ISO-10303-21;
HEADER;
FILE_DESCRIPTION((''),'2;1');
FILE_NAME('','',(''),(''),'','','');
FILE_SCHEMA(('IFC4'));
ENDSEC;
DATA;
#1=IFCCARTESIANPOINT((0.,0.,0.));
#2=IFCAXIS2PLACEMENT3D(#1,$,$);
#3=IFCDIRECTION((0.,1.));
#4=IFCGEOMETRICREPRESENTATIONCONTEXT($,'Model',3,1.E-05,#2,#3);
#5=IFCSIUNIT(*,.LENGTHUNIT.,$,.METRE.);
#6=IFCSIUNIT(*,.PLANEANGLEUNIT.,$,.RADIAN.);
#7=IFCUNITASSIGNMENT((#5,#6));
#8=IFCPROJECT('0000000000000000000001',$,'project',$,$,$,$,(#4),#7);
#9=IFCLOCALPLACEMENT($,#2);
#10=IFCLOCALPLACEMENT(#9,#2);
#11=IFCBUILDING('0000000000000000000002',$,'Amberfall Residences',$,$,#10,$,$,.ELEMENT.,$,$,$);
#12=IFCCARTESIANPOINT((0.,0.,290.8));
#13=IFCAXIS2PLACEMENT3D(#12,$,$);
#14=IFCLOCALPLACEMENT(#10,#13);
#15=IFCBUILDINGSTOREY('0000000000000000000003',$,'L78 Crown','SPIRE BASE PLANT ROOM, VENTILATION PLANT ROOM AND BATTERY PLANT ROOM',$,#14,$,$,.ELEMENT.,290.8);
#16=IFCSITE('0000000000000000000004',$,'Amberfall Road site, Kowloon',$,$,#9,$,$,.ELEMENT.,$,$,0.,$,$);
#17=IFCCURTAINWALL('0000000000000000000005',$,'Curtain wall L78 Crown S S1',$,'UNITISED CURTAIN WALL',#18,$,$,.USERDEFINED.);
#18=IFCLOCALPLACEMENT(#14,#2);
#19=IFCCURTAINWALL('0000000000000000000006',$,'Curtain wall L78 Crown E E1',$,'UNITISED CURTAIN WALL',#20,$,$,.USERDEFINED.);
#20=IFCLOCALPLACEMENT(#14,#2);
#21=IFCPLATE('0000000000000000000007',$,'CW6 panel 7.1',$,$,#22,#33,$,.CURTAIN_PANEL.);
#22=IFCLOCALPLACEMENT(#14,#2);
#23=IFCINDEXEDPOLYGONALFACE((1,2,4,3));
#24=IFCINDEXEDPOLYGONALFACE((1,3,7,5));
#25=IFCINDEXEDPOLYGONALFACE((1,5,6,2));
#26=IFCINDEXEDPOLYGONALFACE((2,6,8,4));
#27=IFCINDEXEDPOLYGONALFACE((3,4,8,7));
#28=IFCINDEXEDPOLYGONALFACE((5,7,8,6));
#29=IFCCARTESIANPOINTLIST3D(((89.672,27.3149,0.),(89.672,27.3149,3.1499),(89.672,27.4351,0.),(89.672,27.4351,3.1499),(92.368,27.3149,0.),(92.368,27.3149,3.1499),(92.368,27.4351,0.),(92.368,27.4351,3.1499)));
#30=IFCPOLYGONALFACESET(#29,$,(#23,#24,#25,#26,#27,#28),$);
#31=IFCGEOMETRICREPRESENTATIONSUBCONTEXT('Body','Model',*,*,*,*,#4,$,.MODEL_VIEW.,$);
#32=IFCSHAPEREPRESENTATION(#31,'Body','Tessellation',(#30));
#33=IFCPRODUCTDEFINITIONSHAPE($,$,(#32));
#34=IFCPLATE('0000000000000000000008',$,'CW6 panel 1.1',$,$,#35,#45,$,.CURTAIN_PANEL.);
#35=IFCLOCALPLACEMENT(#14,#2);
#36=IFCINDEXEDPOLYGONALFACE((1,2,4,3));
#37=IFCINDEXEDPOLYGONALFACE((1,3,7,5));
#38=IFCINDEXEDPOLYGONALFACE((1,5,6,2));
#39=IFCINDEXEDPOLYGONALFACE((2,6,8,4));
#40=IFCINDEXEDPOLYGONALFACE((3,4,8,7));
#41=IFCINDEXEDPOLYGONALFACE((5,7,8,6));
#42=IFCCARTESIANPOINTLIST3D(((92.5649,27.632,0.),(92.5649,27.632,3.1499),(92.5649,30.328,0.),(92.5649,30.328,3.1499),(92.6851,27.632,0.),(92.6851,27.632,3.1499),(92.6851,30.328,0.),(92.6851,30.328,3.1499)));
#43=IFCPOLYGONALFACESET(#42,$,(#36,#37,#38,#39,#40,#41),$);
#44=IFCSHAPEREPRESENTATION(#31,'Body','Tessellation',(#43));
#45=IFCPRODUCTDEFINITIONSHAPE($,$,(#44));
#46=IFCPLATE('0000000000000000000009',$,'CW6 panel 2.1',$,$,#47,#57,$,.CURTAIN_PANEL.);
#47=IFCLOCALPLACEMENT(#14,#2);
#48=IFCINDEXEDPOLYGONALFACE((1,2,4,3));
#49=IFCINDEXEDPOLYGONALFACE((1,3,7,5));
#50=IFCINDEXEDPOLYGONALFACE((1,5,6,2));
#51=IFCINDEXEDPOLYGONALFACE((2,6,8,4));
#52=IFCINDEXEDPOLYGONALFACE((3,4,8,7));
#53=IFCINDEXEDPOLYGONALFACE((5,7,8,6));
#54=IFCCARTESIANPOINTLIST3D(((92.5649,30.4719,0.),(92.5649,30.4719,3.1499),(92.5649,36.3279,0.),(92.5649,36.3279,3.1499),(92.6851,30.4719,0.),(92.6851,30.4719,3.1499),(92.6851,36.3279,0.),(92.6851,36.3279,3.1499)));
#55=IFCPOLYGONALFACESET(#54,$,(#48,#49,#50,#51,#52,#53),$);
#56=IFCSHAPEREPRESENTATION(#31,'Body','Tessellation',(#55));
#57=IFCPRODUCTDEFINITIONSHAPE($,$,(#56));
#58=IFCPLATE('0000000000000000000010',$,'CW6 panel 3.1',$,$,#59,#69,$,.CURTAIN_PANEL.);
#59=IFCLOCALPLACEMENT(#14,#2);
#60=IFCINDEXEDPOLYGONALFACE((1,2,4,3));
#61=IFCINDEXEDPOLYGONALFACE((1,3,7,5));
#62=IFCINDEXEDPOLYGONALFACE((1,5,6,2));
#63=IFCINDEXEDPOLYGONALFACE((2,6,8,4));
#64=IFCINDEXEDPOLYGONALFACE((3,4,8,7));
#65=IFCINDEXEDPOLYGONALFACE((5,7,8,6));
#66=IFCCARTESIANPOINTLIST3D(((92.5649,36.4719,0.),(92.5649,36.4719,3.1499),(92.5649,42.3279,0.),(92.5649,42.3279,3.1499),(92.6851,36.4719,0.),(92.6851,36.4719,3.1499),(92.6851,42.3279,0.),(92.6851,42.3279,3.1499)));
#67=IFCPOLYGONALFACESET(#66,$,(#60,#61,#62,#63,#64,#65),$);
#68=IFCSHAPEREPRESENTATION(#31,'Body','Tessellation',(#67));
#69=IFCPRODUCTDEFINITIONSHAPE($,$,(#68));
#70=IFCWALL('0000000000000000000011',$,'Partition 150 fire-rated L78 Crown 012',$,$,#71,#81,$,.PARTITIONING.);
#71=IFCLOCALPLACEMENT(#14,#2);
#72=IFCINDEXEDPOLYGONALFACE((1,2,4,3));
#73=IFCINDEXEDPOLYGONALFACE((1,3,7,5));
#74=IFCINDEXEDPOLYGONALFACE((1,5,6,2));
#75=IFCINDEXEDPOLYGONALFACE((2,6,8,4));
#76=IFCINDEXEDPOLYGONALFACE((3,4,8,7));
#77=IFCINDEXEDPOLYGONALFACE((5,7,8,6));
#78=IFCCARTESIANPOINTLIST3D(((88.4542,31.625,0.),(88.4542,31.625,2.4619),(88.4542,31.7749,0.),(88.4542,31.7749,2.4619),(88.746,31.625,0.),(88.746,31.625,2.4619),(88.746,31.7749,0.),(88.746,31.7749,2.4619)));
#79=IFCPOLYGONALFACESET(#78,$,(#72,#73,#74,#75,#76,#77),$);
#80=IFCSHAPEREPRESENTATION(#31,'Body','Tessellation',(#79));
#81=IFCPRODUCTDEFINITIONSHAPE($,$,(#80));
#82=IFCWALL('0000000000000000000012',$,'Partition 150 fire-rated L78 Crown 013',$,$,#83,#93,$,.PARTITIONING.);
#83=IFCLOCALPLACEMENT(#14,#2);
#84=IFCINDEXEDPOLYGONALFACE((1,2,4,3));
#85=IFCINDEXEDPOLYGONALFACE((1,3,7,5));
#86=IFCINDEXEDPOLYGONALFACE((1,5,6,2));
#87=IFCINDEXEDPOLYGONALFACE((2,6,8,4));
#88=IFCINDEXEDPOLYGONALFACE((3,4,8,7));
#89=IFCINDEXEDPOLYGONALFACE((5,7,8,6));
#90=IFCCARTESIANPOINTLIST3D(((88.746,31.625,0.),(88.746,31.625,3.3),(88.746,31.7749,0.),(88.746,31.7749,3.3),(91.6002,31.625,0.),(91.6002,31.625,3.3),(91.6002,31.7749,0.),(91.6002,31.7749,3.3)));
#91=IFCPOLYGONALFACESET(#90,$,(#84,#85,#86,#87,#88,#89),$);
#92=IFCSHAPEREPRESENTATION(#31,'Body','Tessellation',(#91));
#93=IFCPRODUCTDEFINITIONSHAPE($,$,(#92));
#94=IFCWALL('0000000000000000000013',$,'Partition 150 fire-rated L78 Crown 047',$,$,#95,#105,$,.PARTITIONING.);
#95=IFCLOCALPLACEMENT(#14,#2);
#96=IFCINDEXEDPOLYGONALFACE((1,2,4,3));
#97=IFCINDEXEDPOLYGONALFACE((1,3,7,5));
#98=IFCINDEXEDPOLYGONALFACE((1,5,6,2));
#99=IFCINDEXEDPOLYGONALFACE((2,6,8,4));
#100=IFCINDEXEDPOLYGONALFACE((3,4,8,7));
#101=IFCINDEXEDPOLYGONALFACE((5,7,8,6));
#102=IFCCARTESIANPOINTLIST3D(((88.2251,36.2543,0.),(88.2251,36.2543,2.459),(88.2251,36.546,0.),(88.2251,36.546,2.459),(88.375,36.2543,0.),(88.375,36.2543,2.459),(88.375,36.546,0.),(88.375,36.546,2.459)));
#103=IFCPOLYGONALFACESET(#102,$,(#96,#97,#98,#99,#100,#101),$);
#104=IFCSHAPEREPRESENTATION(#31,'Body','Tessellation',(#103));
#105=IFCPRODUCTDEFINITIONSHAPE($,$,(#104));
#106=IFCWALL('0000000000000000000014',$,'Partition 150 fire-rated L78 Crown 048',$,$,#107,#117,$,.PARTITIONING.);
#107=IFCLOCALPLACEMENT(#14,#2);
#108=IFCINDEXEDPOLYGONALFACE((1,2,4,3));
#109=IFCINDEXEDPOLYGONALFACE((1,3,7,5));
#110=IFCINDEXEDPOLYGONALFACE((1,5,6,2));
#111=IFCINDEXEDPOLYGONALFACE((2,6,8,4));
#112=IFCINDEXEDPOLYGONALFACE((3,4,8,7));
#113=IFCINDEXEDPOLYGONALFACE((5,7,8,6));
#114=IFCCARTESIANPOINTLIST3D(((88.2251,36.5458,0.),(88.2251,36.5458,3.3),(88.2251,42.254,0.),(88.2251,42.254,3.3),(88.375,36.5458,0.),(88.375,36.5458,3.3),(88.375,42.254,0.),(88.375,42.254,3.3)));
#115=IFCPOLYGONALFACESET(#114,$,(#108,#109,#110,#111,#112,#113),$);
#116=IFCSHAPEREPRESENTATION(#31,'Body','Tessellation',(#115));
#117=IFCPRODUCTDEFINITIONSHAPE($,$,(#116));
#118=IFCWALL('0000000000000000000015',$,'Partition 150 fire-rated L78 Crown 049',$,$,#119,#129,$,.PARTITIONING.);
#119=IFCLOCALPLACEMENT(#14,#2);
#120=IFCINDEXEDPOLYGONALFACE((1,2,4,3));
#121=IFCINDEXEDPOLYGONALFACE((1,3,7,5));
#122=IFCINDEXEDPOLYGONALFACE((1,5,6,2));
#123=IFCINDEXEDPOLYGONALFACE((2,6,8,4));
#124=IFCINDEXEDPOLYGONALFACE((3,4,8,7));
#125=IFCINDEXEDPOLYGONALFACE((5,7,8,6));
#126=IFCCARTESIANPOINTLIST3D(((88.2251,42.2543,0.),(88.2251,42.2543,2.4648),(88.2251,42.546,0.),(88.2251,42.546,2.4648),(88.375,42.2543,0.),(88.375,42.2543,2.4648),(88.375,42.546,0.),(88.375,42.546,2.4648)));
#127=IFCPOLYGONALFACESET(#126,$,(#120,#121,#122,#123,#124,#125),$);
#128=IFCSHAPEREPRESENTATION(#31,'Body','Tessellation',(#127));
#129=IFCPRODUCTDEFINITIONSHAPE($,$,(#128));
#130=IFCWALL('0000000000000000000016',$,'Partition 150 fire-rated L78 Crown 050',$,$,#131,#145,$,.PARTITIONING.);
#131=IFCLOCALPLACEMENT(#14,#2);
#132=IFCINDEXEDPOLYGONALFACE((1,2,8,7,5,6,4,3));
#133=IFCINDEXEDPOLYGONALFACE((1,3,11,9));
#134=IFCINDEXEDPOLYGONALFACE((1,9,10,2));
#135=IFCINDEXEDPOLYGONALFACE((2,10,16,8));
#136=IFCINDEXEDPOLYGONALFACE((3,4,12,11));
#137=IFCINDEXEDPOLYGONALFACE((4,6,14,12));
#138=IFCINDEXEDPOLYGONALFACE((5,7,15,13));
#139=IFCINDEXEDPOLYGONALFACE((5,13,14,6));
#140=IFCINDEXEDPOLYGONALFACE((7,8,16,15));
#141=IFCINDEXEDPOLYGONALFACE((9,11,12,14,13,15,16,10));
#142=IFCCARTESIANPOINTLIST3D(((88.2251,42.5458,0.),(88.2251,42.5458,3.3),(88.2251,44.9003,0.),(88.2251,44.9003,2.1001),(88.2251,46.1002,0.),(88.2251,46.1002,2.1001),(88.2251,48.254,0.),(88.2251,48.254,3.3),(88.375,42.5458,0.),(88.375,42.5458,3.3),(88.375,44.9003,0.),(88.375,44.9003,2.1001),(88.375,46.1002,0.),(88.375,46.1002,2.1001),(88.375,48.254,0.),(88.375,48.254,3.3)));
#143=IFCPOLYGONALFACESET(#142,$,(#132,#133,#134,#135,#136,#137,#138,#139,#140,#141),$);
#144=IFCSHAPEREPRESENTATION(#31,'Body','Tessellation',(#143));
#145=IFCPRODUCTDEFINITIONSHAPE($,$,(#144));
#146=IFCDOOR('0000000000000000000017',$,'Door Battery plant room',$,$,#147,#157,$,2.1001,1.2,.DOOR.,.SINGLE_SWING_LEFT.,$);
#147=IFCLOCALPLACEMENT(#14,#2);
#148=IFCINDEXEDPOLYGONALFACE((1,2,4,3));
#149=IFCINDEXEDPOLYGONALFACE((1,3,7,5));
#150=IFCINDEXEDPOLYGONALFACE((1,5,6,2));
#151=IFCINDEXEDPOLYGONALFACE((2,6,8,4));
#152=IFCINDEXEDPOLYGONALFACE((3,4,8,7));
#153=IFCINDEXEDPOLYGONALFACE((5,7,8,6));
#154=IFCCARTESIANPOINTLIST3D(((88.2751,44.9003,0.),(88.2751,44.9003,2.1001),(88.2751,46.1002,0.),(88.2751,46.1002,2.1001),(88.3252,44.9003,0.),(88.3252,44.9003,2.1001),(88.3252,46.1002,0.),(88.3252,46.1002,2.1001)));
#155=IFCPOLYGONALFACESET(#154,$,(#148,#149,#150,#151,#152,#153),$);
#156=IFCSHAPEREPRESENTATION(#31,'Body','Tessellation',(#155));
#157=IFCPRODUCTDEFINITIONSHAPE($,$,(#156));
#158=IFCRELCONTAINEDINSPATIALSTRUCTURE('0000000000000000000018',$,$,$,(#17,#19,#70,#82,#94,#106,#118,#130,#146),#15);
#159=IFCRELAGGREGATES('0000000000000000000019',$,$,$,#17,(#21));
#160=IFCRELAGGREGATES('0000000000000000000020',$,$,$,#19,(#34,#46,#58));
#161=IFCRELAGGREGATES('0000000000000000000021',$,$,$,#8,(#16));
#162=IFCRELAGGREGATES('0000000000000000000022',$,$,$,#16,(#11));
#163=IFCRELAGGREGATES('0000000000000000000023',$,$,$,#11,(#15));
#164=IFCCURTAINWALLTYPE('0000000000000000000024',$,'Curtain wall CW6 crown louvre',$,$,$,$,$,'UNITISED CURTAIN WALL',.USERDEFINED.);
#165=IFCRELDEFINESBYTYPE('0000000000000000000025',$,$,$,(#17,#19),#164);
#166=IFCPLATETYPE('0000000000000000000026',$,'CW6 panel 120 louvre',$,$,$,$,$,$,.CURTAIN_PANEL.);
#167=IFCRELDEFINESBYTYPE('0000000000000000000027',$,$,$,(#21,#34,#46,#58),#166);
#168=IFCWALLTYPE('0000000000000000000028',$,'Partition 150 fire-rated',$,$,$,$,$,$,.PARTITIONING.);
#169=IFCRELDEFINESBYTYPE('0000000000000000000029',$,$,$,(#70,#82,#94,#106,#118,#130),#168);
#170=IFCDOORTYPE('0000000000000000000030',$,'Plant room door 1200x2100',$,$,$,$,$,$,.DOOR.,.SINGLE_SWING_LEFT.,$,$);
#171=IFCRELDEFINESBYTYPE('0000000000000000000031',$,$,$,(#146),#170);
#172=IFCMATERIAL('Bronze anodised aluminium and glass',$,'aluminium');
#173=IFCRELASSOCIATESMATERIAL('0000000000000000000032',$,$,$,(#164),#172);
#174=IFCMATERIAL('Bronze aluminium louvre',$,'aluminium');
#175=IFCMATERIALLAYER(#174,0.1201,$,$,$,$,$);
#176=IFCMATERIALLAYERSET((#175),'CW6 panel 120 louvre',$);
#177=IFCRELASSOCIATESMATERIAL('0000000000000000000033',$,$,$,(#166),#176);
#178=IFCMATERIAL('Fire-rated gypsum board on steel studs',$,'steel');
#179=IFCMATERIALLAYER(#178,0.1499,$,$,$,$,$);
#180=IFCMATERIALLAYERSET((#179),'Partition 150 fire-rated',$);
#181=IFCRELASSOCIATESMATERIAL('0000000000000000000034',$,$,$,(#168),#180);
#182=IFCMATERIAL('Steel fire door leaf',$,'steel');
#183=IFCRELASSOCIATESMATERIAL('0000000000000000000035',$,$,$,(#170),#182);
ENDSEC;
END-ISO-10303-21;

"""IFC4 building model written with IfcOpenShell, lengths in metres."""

from ifc_helpers import new_model, si_unit, direction, frame, frame_2d, origin, origin_2d, place, context, subcontext, project, spatial, rectangle, extrude, material, layer, layer_set, type_object, element, fill, aggregate, save


model = new_model("IFC4")

# Units and contexts
model_context = context("Model", 3, precision=1e-05, world=origin(), true_north=direction((0.0, 1.0)))
body_context = subcontext(model_context, "Body", "Model", "MODEL_VIEW")
ifc_project = project(units=[si_unit("LENGTHUNIT", "METRE"), si_unit("PLANEANGLEUNIT", "RADIAN")], contexts=[model_context])

# Site, building, storey
site_placement = place(None, origin())
site = spatial("IfcSite", under=ifc_project, at=site_placement, Name="Amberfall Road site, Kowloon", CompositionType="ELEMENT", RefElevation=0.0)
building_placement = place(site_placement, origin())
building = spatial("IfcBuilding", under=site, at=building_placement, Name="Amberfall Residences", CompositionType="ELEMENT")
storey_placement = place(building_placement, frame((0.0, 0.0, 290.8)))
storey = spatial("IfcBuildingStorey", under=building, at=storey_placement, Name="L78 Crown", Description="SPIRE BASE PLANT ROOM, VENTILATION PLANT ROOM AND BATTERY PLANT ROOM", CompositionType="ELEMENT", Elevation=290.8)

# Curtain walls
ifc_material_1 = material(Name="Bronze anodised aluminium and glass", Category="aluminium")
curtain_wall_type = type_object("IfcCurtainWallType", Name="Curtain wall CW6 crown louvre", ElementType="UNITISED CURTAIN WALL", PredefinedType="USERDEFINED", material=ifc_material_1)
curtain_wall_1_placement = place(storey_placement, origin())
curtain_wall_1 = element("IfcCurtainWall", 1, at=curtain_wall_1_placement, inside=storey, type_object=curtain_wall_type, Name="Curtain wall L78 Crown S S1", ObjectType="UNITISED CURTAIN WALL", PredefinedType="USERDEFINED")
curtain_wall_2_placement = place(storey_placement, origin())
curtain_wall_2 = element("IfcCurtainWall", 2, at=curtain_wall_2_placement, inside=storey, type_object=curtain_wall_type, Name="Curtain wall L78 Crown E E1", ObjectType="UNITISED CURTAIN WALL", PredefinedType="USERDEFINED")

# Plates
ifc_material_2 = material(Name="Bronze aluminium louvre", Category="aluminium")
ifc_layer_1 = layer(ifc_material_2, 0.1201)
ifc_layer_set_1 = layer_set([ifc_layer_1], Name="CW6 panel 120 louvre")
plate_type = type_object("IfcPlateType", Name="CW6 panel 120 louvre", PredefinedType="CURTAIN_PANEL", material=ifc_layer_set_1)
plate_1_placement = place(storey_placement, frame((91.02, 27.375, 0.0), z_axis=(0.0, 0.0, 1.0), x_axis=(1.0, 0.0, 0.0)))
plate_1 = element("IfcPlate", 3, at=plate_1_placement, type_object=plate_type, Name="CW6 panel 7.1", PredefinedType="CURTAIN_PANEL", context=body_context, shape_type="SweptSolid", body=[
    extrude(rectangle(XDim=2.696, YDim=0.1201, at=origin_2d()), origin(), (0.0, 0.0, 1.0), 3.1499),
])
aggregate(curtain_wall_1, [plate_1])
plate_2_placement = place(storey_placement, frame((92.625, 28.98, 0.0), z_axis=(0.0, 0.0, 1.0), x_axis=(0.0, 1.0, 0.0)))
plate_2 = element("IfcPlate", 4, at=plate_2_placement, type_object=plate_type, Name="CW6 panel 1.1", PredefinedType="CURTAIN_PANEL", context=body_context, shape_type="SweptSolid", body=[
    extrude(rectangle(XDim=2.696, YDim=0.1201, at=origin_2d()), origin(), (0.0, 0.0, 1.0), 3.1499),
])
plate_3_placement = place(storey_placement, frame((92.625, 33.3999, 0.0), z_axis=(0.0, 0.0, 1.0), x_axis=(0.0, 1.0, 0.0)))
plate_3 = element("IfcPlate", 5, at=plate_3_placement, type_object=plate_type, Name="CW6 panel 2.1", PredefinedType="CURTAIN_PANEL", context=body_context, shape_type="SweptSolid", body=[
    extrude(rectangle(XDim=5.856, YDim=0.1201, at=origin_2d()), origin(), (0.0, 0.0, 1.0), 3.1499),
])
plate_4_placement = place(storey_placement, frame((92.625, 39.3999, 0.0), z_axis=(0.0, 0.0, 1.0), x_axis=(0.0, 1.0, 0.0)))
plate_4 = element("IfcPlate", 6, at=plate_4_placement, type_object=plate_type, Name="CW6 panel 3.1", PredefinedType="CURTAIN_PANEL", context=body_context, shape_type="SweptSolid", body=[
    extrude(rectangle(XDim=5.856, YDim=0.1201, at=origin_2d()), origin(), (0.0, 0.0, 1.0), 3.1499),
])
aggregate(curtain_wall_2, [plate_2, plate_3, plate_4])

# Walls
ifc_material_3 = material(Name="Fire-rated gypsum board on steel studs", Category="steel")
ifc_layer_2 = layer(ifc_material_3, 0.1499)
ifc_layer_set_2 = layer_set([ifc_layer_2], Name="Partition 150 fire-rated")
wall_type = type_object("IfcWallType", Name="Partition 150 fire-rated", PredefinedType="PARTITIONING", material=ifc_layer_set_2)
wall_1_placement = place(storey_placement, frame((88.4541, 31.7, 0.0), z_axis=(0.0, 0.0, 1.0), x_axis=(1.0, 0.0, 0.0)))
element("IfcWall", 7, at=wall_1_placement, inside=storey, type_object=wall_type, Name="Partition 150 fire-rated L78 Crown 012", PredefinedType="PARTITIONING", context=body_context, shape_type="SweptSolid", body=[
    extrude(rectangle(XDim=0.2917, YDim=0.1499, at=frame_2d((0.146, 0.0))), origin(), (0.0, 0.0, 1.0), 2.4619),
])
wall_2_placement = place(storey_placement, frame((88.7458, 31.7, 0.0), z_axis=(0.0, 0.0, 1.0), x_axis=(1.0, 0.0, 0.0)))
element("IfcWall", 8, at=wall_2_placement, inside=storey, type_object=wall_type, Name="Partition 150 fire-rated L78 Crown 013", PredefinedType="PARTITIONING", context=body_context, shape_type="SweptSolid", body=[
    extrude(rectangle(XDim=2.8542, YDim=0.1499, at=frame_2d((1.4272, 0.0))), origin(), (0.0, 0.0, 1.0), 3.3),
])
wall_3_placement = place(storey_placement, frame((88.3, 36.2542, 0.0), z_axis=(0.0, 0.0, 1.0), x_axis=(0.0, 1.0, 0.0)))
element("IfcWall", 9, at=wall_3_placement, inside=storey, type_object=wall_type, Name="Partition 150 fire-rated L78 Crown 047", PredefinedType="PARTITIONING", context=body_context, shape_type="SweptSolid", body=[
    extrude(rectangle(XDim=0.2917, YDim=0.1499, at=frame_2d((0.146, 0.0))), origin(), (0.0, 0.0, 1.0), 2.459),
])
wall_4_placement = place(storey_placement, frame((88.3, 36.5459, 0.0), z_axis=(0.0, 0.0, 1.0), x_axis=(0.0, 1.0, 0.0)))
element("IfcWall", 10, at=wall_4_placement, inside=storey, type_object=wall_type, Name="Partition 150 fire-rated L78 Crown 048", PredefinedType="PARTITIONING", context=body_context, shape_type="SweptSolid", body=[
    extrude(rectangle(XDim=5.7083, YDim=0.1499, at=frame_2d((2.854, 0.0))), origin(), (0.0, 0.0, 1.0), 3.3),
])
wall_5_placement = place(storey_placement, frame((88.3, 42.2542, 0.0), z_axis=(0.0, 0.0, 1.0), x_axis=(0.0, 1.0, 0.0)))
element("IfcWall", 11, at=wall_5_placement, inside=storey, type_object=wall_type, Name="Partition 150 fire-rated L78 Crown 049", PredefinedType="PARTITIONING", context=body_context, shape_type="SweptSolid", body=[
    extrude(rectangle(XDim=0.2917, YDim=0.1499, at=frame_2d((0.146, 0.0))), origin(), (0.0, 0.0, 1.0), 2.4648),
])

# Wall, opening, door
wall_6_placement = place(storey_placement, frame((88.3, 42.5459, 0.0), z_axis=(0.0, 0.0, 1.0), x_axis=(0.0, 1.0, 0.0)))
wall_6 = element("IfcWall", 12, at=wall_6_placement, inside=storey, type_object=wall_type, Name="Partition 150 fire-rated L78 Crown 050", PredefinedType="PARTITIONING", context=body_context, shape_type="SweptSolid", body=[
    extrude(rectangle(XDim=5.7083, YDim=0.1499, at=frame_2d((2.854, 0.0))), origin(), (0.0, 0.0, 1.0), 3.3),
])
opening_placement = place(wall_6_placement, frame((2.3542, 0.0, 0.0)))
opening = element("IfcOpeningElement", 13, at=opening_placement, cuts=wall_6, PredefinedType="OPENING", context=body_context, shape_type="SweptSolid", body=[
    extrude(rectangle(XDim=1.2, YDim=2.1001, at=frame_2d((0.6001, 1.05))), frame((0.0, 0.085, 0.0), z_axis=(0.0, -1.0, 0.0), x_axis=(1.0, 0.0, 0.0)), (0.0, 0.0, 1.0), 0.1699),
])
ifc_material_4 = material(Name="Steel fire door leaf", Category="steel")
door_type = type_object("IfcDoorType", Name="Plant room door 1200x2100", OperationType="SINGLE_SWING_LEFT", PredefinedType="DOOR", material=ifc_material_4)
door_placement = place(opening_placement, origin())
door = element("IfcDoor", 14, at=door_placement, inside=storey, type_object=door_type, Name="Door Battery plant room", OperationType="SINGLE_SWING_LEFT", OverallHeight=2.1001, OverallWidth=1.2, PredefinedType="DOOR", context=body_context, shape_type="SweptSolid", body=[
    extrude(rectangle(XDim=1.2, YDim=2.1001, at=frame_2d((0.6001, 1.05))), frame((0.0, 0.0249, 0.0), z_axis=(0.0, -1.0, 0.0), x_axis=(1.0, 0.0, 0.0)), (0.0, 0.0, 1.0), 0.05),
])
fill(opening, door)

save(model, "model.ifc")
